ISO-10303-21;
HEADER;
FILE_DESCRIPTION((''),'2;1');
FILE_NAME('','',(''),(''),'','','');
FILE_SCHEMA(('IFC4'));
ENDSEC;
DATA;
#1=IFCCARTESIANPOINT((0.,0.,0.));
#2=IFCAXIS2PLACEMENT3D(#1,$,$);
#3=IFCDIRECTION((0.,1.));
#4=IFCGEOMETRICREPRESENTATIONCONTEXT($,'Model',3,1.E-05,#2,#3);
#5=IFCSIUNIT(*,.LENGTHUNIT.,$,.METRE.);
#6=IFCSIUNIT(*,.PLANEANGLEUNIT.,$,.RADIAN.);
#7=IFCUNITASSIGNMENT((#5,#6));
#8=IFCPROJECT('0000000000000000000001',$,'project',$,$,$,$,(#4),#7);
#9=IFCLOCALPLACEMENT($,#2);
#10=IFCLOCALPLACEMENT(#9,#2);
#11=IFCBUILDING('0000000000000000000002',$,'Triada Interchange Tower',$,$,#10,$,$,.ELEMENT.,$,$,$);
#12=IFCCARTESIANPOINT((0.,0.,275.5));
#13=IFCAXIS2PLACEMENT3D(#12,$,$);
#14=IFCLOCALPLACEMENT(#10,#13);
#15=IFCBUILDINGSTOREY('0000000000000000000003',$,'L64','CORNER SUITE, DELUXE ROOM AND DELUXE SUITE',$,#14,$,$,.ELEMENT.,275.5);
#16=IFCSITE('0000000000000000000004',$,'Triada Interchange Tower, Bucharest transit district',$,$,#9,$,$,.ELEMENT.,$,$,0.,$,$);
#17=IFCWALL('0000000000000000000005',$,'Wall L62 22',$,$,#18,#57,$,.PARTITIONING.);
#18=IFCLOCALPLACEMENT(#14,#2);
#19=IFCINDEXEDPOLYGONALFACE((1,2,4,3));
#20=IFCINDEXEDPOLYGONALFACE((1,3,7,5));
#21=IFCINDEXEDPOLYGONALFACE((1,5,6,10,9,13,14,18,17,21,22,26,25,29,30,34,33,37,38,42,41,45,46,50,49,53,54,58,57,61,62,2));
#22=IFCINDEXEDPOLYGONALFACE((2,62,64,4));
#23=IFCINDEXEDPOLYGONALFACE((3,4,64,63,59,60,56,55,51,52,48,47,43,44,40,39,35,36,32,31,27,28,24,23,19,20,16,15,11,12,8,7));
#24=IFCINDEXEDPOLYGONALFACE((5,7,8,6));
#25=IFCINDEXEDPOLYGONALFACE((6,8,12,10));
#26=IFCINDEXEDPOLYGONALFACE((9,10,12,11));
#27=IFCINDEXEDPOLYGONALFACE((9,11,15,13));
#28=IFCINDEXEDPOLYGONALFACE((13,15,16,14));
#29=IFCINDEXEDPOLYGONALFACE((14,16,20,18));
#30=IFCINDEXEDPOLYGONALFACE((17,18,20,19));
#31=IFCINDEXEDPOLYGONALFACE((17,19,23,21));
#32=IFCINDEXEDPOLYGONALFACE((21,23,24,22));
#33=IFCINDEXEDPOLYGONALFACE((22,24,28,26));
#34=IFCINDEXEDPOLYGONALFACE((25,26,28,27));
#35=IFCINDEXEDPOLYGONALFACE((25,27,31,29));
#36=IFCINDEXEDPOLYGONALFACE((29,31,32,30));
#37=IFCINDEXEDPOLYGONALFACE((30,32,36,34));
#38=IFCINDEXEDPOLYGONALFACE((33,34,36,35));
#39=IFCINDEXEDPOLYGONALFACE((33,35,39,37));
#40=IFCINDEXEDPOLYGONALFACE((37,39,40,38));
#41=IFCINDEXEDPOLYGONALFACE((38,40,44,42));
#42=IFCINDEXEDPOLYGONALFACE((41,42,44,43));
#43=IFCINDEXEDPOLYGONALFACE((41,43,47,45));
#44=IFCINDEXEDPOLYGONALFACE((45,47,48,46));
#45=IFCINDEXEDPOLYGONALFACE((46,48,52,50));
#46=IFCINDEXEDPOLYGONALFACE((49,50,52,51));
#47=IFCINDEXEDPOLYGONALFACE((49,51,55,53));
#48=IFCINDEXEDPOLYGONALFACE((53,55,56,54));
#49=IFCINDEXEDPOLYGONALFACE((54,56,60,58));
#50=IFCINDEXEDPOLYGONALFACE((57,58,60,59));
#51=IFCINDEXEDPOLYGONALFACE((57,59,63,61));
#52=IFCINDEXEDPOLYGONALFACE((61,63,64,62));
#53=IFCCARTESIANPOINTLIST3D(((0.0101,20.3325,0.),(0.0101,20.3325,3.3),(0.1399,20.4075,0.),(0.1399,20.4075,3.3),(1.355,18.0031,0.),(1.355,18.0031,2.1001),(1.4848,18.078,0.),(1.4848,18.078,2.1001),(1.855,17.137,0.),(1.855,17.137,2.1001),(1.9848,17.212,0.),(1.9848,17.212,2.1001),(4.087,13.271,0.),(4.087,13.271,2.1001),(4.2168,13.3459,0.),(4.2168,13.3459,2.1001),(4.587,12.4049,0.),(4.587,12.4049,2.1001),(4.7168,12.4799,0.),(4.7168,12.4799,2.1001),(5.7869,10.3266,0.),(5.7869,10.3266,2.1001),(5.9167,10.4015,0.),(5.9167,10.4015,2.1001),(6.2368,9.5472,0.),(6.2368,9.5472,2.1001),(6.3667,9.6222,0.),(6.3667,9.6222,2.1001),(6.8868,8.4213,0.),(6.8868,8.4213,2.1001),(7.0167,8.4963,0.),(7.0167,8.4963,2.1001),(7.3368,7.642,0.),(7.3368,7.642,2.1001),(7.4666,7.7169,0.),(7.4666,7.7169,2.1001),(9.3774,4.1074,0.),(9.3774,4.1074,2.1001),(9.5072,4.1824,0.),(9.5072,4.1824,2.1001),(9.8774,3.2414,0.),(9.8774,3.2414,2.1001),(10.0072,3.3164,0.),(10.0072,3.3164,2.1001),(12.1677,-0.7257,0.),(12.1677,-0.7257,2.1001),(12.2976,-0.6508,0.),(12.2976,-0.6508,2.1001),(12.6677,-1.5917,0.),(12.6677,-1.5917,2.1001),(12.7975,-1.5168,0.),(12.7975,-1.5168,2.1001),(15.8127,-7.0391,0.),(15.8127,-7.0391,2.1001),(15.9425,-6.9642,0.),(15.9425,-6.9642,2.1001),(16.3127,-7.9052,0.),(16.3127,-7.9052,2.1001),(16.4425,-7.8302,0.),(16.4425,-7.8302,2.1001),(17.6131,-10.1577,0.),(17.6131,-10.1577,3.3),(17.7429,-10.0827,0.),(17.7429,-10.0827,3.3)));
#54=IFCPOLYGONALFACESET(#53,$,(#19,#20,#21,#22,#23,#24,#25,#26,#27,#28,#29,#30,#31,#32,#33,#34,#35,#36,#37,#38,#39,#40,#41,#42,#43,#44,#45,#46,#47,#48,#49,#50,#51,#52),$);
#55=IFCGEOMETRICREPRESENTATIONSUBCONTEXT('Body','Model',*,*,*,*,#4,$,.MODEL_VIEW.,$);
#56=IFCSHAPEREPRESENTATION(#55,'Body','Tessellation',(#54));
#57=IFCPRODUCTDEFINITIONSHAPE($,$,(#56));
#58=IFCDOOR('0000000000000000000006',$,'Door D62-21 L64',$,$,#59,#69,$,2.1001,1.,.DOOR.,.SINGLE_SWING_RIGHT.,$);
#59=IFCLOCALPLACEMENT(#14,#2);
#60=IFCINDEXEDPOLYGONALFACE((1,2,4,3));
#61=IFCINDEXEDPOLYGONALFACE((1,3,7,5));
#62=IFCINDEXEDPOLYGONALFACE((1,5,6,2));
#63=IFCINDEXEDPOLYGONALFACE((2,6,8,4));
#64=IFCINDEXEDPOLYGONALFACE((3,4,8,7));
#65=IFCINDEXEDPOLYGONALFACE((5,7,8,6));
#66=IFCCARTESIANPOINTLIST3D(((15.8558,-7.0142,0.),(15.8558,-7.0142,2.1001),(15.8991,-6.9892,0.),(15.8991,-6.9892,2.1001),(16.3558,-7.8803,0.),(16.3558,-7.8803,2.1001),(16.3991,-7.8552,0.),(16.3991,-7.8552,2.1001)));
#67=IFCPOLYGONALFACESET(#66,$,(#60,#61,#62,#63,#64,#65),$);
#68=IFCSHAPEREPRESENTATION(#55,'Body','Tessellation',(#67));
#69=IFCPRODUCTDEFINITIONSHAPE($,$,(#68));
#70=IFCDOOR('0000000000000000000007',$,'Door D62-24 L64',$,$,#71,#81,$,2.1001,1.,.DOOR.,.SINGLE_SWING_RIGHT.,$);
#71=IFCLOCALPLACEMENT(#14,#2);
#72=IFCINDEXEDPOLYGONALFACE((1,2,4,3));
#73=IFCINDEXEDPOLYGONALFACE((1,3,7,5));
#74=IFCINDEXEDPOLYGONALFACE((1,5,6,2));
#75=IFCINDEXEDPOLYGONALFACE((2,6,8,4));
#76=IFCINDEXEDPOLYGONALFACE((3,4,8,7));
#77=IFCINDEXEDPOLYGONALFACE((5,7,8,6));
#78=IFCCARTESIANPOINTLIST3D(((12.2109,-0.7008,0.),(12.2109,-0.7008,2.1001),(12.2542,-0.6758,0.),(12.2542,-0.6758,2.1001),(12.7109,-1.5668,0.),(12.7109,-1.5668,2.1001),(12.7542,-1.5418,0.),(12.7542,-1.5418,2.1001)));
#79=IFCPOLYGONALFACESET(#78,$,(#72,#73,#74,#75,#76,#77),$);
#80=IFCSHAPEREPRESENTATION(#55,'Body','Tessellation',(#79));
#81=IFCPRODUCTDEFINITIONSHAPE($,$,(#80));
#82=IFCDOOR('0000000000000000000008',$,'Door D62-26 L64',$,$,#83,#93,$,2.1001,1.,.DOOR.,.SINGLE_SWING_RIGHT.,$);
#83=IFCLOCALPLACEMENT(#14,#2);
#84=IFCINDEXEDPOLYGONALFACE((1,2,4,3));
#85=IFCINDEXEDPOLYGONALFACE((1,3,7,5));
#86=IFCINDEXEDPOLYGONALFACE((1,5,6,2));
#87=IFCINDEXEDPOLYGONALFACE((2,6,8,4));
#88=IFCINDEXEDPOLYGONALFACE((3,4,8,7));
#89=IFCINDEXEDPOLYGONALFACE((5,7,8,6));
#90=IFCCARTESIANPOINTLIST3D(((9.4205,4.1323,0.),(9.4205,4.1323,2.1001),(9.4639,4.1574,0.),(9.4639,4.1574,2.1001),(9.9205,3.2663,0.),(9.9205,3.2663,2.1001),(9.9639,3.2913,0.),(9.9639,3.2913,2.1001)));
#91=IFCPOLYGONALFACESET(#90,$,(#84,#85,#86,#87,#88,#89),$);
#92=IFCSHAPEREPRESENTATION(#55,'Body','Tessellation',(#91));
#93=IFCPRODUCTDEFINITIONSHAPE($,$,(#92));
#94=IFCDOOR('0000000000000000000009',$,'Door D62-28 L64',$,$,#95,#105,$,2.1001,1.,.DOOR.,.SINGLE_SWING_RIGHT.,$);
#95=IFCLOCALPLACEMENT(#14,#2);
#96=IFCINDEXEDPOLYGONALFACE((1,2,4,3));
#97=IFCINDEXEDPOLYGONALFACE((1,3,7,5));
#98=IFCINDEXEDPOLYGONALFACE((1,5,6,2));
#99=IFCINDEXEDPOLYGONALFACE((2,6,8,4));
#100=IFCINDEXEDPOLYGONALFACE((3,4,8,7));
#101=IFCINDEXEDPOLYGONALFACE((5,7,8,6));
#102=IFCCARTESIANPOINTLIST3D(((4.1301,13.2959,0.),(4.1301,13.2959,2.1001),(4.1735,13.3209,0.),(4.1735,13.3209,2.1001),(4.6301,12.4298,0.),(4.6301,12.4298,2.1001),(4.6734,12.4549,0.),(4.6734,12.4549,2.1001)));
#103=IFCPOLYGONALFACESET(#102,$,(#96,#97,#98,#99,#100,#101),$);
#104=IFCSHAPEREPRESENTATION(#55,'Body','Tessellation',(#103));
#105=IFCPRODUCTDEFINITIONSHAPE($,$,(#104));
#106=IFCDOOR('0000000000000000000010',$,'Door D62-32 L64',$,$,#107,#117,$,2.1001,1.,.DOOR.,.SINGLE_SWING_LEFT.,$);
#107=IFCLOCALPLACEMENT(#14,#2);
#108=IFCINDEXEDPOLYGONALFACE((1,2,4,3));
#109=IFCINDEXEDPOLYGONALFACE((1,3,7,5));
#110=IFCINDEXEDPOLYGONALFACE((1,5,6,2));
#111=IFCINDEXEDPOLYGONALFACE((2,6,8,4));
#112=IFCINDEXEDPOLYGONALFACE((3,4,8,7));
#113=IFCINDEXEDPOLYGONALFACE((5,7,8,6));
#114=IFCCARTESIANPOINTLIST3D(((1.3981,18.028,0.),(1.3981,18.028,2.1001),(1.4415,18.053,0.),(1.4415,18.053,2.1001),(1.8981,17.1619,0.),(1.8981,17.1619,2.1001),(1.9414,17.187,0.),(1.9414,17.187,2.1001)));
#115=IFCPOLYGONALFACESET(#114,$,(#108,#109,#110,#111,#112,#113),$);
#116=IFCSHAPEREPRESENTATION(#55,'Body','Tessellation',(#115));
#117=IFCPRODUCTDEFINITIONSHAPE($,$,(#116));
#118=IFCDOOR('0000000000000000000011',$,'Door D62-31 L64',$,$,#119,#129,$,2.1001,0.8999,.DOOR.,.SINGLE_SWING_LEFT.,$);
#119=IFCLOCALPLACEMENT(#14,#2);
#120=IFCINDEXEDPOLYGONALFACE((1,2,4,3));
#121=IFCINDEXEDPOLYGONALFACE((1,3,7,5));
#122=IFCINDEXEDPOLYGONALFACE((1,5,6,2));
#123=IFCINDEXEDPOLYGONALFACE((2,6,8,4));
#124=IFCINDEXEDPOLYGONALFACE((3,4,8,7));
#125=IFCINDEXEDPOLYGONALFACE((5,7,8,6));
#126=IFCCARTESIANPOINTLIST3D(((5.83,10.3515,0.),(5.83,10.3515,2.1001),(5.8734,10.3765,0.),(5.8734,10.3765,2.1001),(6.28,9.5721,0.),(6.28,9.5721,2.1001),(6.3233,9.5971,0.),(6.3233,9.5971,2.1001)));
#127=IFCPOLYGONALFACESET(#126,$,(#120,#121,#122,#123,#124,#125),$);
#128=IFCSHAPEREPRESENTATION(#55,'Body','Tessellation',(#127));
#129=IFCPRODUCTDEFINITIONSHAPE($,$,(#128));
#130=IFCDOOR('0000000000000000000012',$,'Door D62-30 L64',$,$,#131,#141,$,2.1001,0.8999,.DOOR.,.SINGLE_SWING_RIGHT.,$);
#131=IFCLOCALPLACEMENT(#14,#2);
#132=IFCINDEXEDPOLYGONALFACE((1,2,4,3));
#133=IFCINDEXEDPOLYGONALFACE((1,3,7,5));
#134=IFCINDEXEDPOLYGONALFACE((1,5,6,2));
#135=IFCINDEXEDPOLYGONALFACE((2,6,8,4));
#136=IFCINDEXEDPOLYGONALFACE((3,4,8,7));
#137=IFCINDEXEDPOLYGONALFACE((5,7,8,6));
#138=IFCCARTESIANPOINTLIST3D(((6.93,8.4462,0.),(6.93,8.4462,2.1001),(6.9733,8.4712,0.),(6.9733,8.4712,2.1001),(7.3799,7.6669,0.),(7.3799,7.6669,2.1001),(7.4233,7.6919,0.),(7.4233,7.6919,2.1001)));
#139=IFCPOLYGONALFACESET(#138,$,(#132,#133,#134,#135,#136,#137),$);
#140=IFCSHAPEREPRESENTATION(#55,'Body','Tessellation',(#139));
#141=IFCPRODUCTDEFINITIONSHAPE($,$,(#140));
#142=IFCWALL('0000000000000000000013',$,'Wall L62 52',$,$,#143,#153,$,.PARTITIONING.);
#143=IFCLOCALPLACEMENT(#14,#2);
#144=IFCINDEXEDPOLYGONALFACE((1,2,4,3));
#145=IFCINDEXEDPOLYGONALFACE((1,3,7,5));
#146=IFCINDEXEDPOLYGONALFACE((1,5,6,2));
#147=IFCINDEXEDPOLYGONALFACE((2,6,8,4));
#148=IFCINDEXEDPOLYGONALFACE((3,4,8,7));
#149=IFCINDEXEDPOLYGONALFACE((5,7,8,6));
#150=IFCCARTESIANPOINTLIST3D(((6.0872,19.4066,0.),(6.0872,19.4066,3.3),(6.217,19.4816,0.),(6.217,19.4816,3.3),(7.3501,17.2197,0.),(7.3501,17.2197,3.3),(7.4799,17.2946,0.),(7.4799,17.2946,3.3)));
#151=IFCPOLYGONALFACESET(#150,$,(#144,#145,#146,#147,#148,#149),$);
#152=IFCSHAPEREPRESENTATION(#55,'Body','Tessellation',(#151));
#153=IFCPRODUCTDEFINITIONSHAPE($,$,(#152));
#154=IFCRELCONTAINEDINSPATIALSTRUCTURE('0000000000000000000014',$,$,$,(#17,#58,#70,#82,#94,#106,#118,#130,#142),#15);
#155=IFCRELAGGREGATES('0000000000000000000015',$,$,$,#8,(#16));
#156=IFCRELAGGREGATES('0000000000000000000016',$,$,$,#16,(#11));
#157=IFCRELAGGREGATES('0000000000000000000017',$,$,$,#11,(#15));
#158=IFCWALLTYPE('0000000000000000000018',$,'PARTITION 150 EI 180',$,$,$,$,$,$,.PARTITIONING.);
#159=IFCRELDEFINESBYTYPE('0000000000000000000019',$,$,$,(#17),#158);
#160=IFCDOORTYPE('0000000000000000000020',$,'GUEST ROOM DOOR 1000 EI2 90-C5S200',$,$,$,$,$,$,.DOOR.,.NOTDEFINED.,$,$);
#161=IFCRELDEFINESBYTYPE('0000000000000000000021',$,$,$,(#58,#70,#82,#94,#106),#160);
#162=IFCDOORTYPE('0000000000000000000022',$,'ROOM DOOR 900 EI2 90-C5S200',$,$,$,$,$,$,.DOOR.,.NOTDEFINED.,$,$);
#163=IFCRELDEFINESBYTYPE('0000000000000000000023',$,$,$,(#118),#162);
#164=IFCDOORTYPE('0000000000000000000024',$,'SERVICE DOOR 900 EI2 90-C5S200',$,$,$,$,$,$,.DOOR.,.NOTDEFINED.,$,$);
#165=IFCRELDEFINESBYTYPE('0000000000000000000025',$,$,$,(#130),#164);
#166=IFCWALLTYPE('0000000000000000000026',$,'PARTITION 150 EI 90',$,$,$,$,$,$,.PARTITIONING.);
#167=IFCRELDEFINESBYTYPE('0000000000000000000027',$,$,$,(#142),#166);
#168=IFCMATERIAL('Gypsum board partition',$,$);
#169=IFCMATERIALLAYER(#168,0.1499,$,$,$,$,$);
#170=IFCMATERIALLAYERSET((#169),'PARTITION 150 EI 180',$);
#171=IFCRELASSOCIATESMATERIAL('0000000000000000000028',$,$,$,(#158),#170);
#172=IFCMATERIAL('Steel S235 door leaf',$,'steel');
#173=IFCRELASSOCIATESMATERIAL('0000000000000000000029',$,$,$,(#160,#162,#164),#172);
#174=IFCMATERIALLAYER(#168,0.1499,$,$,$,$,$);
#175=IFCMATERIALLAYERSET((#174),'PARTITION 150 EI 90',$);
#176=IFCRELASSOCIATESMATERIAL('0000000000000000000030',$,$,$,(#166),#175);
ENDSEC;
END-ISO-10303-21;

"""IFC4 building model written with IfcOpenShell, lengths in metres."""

from ifc_helpers import new_model, si_unit, direction, frame, frame_2d, origin, place, context, subcontext, project, spatial, rectangle, extrude, material, layer, layer_set, type_object, element, fill, save


model = new_model("IFC4")

# Units and contexts
model_context = context("Model", 3, precision=1e-05, world=origin(), true_north=direction((0.0, 1.0)))
body_context = subcontext(model_context, "Body", "Model", "MODEL_VIEW")
ifc_project = project(units=[si_unit("LENGTHUNIT", "METRE"), si_unit("PLANEANGLEUNIT", "RADIAN")], contexts=[model_context])

# Site, building, storey
site_placement = place(None, origin())
site = spatial("IfcSite", under=ifc_project, at=site_placement, Name="Triada Interchange Tower, Bucharest transit district", CompositionType="ELEMENT", RefElevation=0.0)
building_placement = place(site_placement, origin())
building = spatial("IfcBuilding", under=site, at=building_placement, Name="Triada Interchange Tower", CompositionType="ELEMENT")
storey_placement = place(building_placement, frame((0.0, 0.0, 275.5)))
storey = spatial("IfcBuildingStorey", under=building, at=storey_placement, Name="L64", Description="CORNER SUITE, DELUXE ROOM AND DELUXE SUITE", CompositionType="ELEMENT", Elevation=275.5)

# Shared definitions
ifc_material_1 = material(Name="Gypsum board partition")
ifc_layer_1 = layer(ifc_material_1, 0.1499)
ifc_layer_set_1 = layer_set([ifc_layer_1], Name="PARTITION 150 EI 180")
wall_type_1 = type_object("IfcWallType", Name="PARTITION 150 EI 180", PredefinedType="PARTITIONING", material=ifc_layer_set_1)

# Wall, openings, doors
wall_1_placement = place(storey_placement, frame((0.075, 20.3701, 0.0), z_axis=(0.0, 0.0, 1.0), x_axis=(0.499989, -0.866032, 0.0)))
wall_1 = element("IfcWall", 1, at=wall_1_placement, inside=storey, type_object=wall_type_1, Name="Wall L62 22", PredefinedType="PARTITIONING", context=body_context, shape_type="SweptSolid", body=[
    extrude(rectangle(XDim=35.2068, YDim=0.1499, at=frame_2d((17.6035, 0.0))), origin(), (0.0, 0.0, 1.0), 3.3),
])
opening_1_placement = place(wall_1_placement, frame((31.606, 0.0, 0.0)))
opening_1 = element("IfcOpeningElement", 2, at=opening_1_placement, cuts=wall_1, PredefinedType="OPENING", context=body_context, shape_type="SweptSolid", body=[
    extrude(rectangle(XDim=1.0, YDim=2.1001, at=frame_2d((0.5, 1.05))), frame((0.0, 0.085, 0.0), z_axis=(0.0, -1.0, 0.0), x_axis=(1.0, 0.0, 0.0)), (0.0, 0.0, 1.0), 0.1699),
])
opening_2_placement = place(wall_1_placement, frame((24.3159, 0.0, 0.0)))
opening_2 = element("IfcOpeningElement", 3, at=opening_2_placement, cuts=wall_1, PredefinedType="OPENING", context=body_context, shape_type="SweptSolid", body=[
    extrude(rectangle(XDim=1.0, YDim=2.1001, at=frame_2d((0.5, 1.05))), frame((0.0, 0.085, 0.0), z_axis=(0.0, -1.0, 0.0), x_axis=(1.0, 0.0, 0.0)), (0.0, 0.0, 1.0), 0.1699),
])
opening_3_placement = place(wall_1_placement, frame((18.7351, 0.0, 0.0)))
opening_3 = element("IfcOpeningElement", 4, at=opening_3_placement, cuts=wall_1, PredefinedType="OPENING", context=body_context, shape_type="SweptSolid", body=[
    extrude(rectangle(XDim=1.0, YDim=2.1001, at=frame_2d((0.5, 1.05))), frame((0.0, 0.085, 0.0), z_axis=(0.0, -1.0, 0.0), x_axis=(1.0, 0.0, 0.0)), (0.0, 0.0, 1.0), 0.1699),
])
opening_4_placement = place(wall_1_placement, frame((8.1541, 0.0, 0.0)))
opening_4 = element("IfcOpeningElement", 5, at=opening_4_placement, cuts=wall_1, PredefinedType="OPENING", context=body_context, shape_type="SweptSolid", body=[
    extrude(rectangle(XDim=1.0, YDim=2.1001, at=frame_2d((0.5, 1.05))), frame((0.0, 0.085, 0.0), z_axis=(0.0, -1.0, 0.0), x_axis=(1.0, 0.0, 0.0)), (0.0, 0.0, 1.0), 0.1699),
])
opening_5_placement = place(wall_1_placement, frame((13.7539, 0.0, 0.0)))
opening_5 = element("IfcOpeningElement", 6, at=opening_5_placement, cuts=wall_1, PredefinedType="OPENING", context=body_context, shape_type="SweptSolid", body=[
    extrude(rectangle(XDim=0.8999, YDim=2.1001, at=frame_2d((0.45, 1.05))), frame((0.0, 0.085, 0.0), z_axis=(0.0, -1.0, 0.0), x_axis=(1.0, 0.0, 0.0)), (0.0, 0.0, 1.0), 0.1699),
])
opening_6_placement = place(wall_1_placement, frame((11.554, 0.0, 0.0)))
opening_6 = element("IfcOpeningElement", 7, at=opening_6_placement, cuts=wall_1, PredefinedType="OPENING", context=body_context, shape_type="SweptSolid", body=[
    extrude(rectangle(XDim=0.8999, YDim=2.1001, at=frame_2d((0.45, 1.05))), frame((0.0, 0.085, 0.0), z_axis=(0.0, -1.0, 0.0), x_axis=(1.0, 0.0, 0.0)), (0.0, 0.0, 1.0), 0.1699),
])
opening_7_placement = place(wall_1_placement, frame((2.6899, 0.0, 0.0)))
opening_7 = element("IfcOpeningElement", 8, at=opening_7_placement, cuts=wall_1, PredefinedType="OPENING", context=body_context, shape_type="SweptSolid", body=[
    extrude(rectangle(XDim=1.0, YDim=2.1001, at=frame_2d((0.5, 1.05))), frame((0.0, 0.085, 0.0), z_axis=(0.0, -1.0, 0.0), x_axis=(1.0, 0.0, 0.0)), (0.0, 0.0, 1.0), 0.1699),
])
ifc_material_2 = material(Name="Steel S235 door leaf", Category="steel")
door_type_1 = type_object("IfcDoorType", Name="GUEST ROOM DOOR 1000 EI2 90-C5S200", OperationType="NOTDEFINED", PredefinedType="DOOR", material=ifc_material_2)
door_1_placement = place(opening_1_placement, origin())
door_1 = element("IfcDoor", 9, at=door_1_placement, inside=storey, type_object=door_type_1, Name="Door D62-21 L64", OperationType="SINGLE_SWING_RIGHT", OverallHeight=2.1001, OverallWidth=1.0, PredefinedType="DOOR", context=body_context, shape_type="SweptSolid", body=[
    extrude(rectangle(XDim=1.0, YDim=2.1001, at=frame_2d((0.5, 1.05))), frame((0.0, 0.0249, 0.0), z_axis=(0.0, -1.0, 0.0), x_axis=(1.0, 0.0, 0.0)), (0.0, 0.0, 1.0), 0.05),
])
fill(opening_1, door_1)
door_2_placement = place(opening_2_placement, origin())
door_2 = element("IfcDoor", 10, at=door_2_placement, inside=storey, type_object=door_type_1, Name="Door D62-24 L64", OperationType="SINGLE_SWING_RIGHT", OverallHeight=2.1001, OverallWidth=1.0, PredefinedType="DOOR", context=body_context, shape_type="SweptSolid", body=[
    extrude(rectangle(XDim=1.0, YDim=2.1001, at=frame_2d((0.5, 1.05))), frame((0.0, 0.0249, 0.0), z_axis=(0.0, -1.0, 0.0), x_axis=(1.0, 0.0, 0.0)), (0.0, 0.0, 1.0), 0.05),
])
fill(opening_2, door_2)
door_3_placement = place(opening_3_placement, origin())
door_3 = element("IfcDoor", 11, at=door_3_placement, inside=storey, type_object=door_type_1, Name="Door D62-26 L64", OperationType="SINGLE_SWING_RIGHT", OverallHeight=2.1001, OverallWidth=1.0, PredefinedType="DOOR", context=body_context, shape_type="SweptSolid", body=[
    extrude(rectangle(XDim=1.0, YDim=2.1001, at=frame_2d((0.5, 1.05))), frame((0.0, 0.0249, 0.0), z_axis=(0.0, -1.0, 0.0), x_axis=(1.0, 0.0, 0.0)), (0.0, 0.0, 1.0), 0.05),
])
fill(opening_3, door_3)
door_4_placement = place(opening_4_placement, origin())
door_4 = element("IfcDoor", 12, at=door_4_placement, inside=storey, type_object=door_type_1, Name="Door D62-28 L64", OperationType="SINGLE_SWING_RIGHT", OverallHeight=2.1001, OverallWidth=1.0, PredefinedType="DOOR", context=body_context, shape_type="SweptSolid", body=[
    extrude(rectangle(XDim=1.0, YDim=2.1001, at=frame_2d((0.5, 1.05))), frame((0.0, 0.0249, 0.0), z_axis=(0.0, -1.0, 0.0), x_axis=(1.0, 0.0, 0.0)), (0.0, 0.0, 1.0), 0.05),
])
fill(opening_4, door_4)
door_5_placement = place(opening_7_placement, origin())
door_5 = element("IfcDoor", 13, at=door_5_placement, inside=storey, type_object=door_type_1, Name="Door D62-32 L64", OperationType="SINGLE_SWING_LEFT", OverallHeight=2.1001, OverallWidth=1.0, PredefinedType="DOOR", context=body_context, shape_type="SweptSolid", body=[
    extrude(rectangle(XDim=1.0, YDim=2.1001, at=frame_2d((0.5, 1.05))), frame((0.0, 0.0249, 0.0), z_axis=(0.0, -1.0, 0.0), x_axis=(1.0, 0.0, 0.0)), (0.0, 0.0, 1.0), 0.05),
])
fill(opening_7, door_5)
door_type_2 = type_object("IfcDoorType", Name="ROOM DOOR 900 EI2 90-C5S200", OperationType="NOTDEFINED", PredefinedType="DOOR", material=ifc_material_2)
door_6_placement = place(opening_6_placement, origin())
door_6 = element("IfcDoor", 14, at=door_6_placement, inside=storey, type_object=door_type_2, Name="Door D62-31 L64", OperationType="SINGLE_SWING_LEFT", OverallHeight=2.1001, OverallWidth=0.8999, PredefinedType="DOOR", context=body_context, shape_type="SweptSolid", body=[
    extrude(rectangle(XDim=0.8999, YDim=2.1001, at=frame_2d((0.45, 1.05))), frame((0.0, 0.0249, 0.0), z_axis=(0.0, -1.0, 0.0), x_axis=(1.0, 0.0, 0.0)), (0.0, 0.0, 1.0), 0.05),
])
fill(opening_6, door_6)
door_type_3 = type_object("IfcDoorType", Name="SERVICE DOOR 900 EI2 90-C5S200", OperationType="NOTDEFINED", PredefinedType="DOOR", material=ifc_material_2)
door_7_placement = place(opening_5_placement, origin())
door_7 = element("IfcDoor", 15, at=door_7_placement, inside=storey, type_object=door_type_3, Name="Door D62-30 L64", OperationType="SINGLE_SWING_RIGHT", OverallHeight=2.1001, OverallWidth=0.8999, PredefinedType="DOOR", context=body_context, shape_type="SweptSolid", body=[
    extrude(rectangle(XDim=0.8999, YDim=2.1001, at=frame_2d((0.45, 1.05))), frame((0.0, 0.0249, 0.0), z_axis=(0.0, -1.0, 0.0), x_axis=(1.0, 0.0, 0.0)), (0.0, 0.0, 1.0), 0.05),
])
fill(opening_5, door_7)

# Wall
ifc_layer_2 = layer(ifc_material_1, 0.1499)
ifc_layer_set_2 = layer_set([ifc_layer_2], Name="PARTITION 150 EI 90")
wall_type_2 = type_object("IfcWallType", Name="PARTITION 150 EI 90", PredefinedType="PARTITIONING", material=ifc_layer_set_2)
wall_2_placement = place(storey_placement, frame((6.1521, 19.4441, 0.0), z_axis=(0.0, 0.0, 1.0), x_axis=(0.500079, -0.86598, 0.0)))
element("IfcWall", 16, at=wall_2_placement, inside=storey, type_object=wall_type_2, Name="Wall L62 52", PredefinedType="PARTITIONING", context=body_context, shape_type="SweptSolid", body=[
    extrude(rectangle(XDim=2.5254, YDim=0.1499, at=frame_2d((1.2627, 0.0))), origin(), (0.0, 0.0, 1.0), 3.3),
])

save(model, "model.ifc")
